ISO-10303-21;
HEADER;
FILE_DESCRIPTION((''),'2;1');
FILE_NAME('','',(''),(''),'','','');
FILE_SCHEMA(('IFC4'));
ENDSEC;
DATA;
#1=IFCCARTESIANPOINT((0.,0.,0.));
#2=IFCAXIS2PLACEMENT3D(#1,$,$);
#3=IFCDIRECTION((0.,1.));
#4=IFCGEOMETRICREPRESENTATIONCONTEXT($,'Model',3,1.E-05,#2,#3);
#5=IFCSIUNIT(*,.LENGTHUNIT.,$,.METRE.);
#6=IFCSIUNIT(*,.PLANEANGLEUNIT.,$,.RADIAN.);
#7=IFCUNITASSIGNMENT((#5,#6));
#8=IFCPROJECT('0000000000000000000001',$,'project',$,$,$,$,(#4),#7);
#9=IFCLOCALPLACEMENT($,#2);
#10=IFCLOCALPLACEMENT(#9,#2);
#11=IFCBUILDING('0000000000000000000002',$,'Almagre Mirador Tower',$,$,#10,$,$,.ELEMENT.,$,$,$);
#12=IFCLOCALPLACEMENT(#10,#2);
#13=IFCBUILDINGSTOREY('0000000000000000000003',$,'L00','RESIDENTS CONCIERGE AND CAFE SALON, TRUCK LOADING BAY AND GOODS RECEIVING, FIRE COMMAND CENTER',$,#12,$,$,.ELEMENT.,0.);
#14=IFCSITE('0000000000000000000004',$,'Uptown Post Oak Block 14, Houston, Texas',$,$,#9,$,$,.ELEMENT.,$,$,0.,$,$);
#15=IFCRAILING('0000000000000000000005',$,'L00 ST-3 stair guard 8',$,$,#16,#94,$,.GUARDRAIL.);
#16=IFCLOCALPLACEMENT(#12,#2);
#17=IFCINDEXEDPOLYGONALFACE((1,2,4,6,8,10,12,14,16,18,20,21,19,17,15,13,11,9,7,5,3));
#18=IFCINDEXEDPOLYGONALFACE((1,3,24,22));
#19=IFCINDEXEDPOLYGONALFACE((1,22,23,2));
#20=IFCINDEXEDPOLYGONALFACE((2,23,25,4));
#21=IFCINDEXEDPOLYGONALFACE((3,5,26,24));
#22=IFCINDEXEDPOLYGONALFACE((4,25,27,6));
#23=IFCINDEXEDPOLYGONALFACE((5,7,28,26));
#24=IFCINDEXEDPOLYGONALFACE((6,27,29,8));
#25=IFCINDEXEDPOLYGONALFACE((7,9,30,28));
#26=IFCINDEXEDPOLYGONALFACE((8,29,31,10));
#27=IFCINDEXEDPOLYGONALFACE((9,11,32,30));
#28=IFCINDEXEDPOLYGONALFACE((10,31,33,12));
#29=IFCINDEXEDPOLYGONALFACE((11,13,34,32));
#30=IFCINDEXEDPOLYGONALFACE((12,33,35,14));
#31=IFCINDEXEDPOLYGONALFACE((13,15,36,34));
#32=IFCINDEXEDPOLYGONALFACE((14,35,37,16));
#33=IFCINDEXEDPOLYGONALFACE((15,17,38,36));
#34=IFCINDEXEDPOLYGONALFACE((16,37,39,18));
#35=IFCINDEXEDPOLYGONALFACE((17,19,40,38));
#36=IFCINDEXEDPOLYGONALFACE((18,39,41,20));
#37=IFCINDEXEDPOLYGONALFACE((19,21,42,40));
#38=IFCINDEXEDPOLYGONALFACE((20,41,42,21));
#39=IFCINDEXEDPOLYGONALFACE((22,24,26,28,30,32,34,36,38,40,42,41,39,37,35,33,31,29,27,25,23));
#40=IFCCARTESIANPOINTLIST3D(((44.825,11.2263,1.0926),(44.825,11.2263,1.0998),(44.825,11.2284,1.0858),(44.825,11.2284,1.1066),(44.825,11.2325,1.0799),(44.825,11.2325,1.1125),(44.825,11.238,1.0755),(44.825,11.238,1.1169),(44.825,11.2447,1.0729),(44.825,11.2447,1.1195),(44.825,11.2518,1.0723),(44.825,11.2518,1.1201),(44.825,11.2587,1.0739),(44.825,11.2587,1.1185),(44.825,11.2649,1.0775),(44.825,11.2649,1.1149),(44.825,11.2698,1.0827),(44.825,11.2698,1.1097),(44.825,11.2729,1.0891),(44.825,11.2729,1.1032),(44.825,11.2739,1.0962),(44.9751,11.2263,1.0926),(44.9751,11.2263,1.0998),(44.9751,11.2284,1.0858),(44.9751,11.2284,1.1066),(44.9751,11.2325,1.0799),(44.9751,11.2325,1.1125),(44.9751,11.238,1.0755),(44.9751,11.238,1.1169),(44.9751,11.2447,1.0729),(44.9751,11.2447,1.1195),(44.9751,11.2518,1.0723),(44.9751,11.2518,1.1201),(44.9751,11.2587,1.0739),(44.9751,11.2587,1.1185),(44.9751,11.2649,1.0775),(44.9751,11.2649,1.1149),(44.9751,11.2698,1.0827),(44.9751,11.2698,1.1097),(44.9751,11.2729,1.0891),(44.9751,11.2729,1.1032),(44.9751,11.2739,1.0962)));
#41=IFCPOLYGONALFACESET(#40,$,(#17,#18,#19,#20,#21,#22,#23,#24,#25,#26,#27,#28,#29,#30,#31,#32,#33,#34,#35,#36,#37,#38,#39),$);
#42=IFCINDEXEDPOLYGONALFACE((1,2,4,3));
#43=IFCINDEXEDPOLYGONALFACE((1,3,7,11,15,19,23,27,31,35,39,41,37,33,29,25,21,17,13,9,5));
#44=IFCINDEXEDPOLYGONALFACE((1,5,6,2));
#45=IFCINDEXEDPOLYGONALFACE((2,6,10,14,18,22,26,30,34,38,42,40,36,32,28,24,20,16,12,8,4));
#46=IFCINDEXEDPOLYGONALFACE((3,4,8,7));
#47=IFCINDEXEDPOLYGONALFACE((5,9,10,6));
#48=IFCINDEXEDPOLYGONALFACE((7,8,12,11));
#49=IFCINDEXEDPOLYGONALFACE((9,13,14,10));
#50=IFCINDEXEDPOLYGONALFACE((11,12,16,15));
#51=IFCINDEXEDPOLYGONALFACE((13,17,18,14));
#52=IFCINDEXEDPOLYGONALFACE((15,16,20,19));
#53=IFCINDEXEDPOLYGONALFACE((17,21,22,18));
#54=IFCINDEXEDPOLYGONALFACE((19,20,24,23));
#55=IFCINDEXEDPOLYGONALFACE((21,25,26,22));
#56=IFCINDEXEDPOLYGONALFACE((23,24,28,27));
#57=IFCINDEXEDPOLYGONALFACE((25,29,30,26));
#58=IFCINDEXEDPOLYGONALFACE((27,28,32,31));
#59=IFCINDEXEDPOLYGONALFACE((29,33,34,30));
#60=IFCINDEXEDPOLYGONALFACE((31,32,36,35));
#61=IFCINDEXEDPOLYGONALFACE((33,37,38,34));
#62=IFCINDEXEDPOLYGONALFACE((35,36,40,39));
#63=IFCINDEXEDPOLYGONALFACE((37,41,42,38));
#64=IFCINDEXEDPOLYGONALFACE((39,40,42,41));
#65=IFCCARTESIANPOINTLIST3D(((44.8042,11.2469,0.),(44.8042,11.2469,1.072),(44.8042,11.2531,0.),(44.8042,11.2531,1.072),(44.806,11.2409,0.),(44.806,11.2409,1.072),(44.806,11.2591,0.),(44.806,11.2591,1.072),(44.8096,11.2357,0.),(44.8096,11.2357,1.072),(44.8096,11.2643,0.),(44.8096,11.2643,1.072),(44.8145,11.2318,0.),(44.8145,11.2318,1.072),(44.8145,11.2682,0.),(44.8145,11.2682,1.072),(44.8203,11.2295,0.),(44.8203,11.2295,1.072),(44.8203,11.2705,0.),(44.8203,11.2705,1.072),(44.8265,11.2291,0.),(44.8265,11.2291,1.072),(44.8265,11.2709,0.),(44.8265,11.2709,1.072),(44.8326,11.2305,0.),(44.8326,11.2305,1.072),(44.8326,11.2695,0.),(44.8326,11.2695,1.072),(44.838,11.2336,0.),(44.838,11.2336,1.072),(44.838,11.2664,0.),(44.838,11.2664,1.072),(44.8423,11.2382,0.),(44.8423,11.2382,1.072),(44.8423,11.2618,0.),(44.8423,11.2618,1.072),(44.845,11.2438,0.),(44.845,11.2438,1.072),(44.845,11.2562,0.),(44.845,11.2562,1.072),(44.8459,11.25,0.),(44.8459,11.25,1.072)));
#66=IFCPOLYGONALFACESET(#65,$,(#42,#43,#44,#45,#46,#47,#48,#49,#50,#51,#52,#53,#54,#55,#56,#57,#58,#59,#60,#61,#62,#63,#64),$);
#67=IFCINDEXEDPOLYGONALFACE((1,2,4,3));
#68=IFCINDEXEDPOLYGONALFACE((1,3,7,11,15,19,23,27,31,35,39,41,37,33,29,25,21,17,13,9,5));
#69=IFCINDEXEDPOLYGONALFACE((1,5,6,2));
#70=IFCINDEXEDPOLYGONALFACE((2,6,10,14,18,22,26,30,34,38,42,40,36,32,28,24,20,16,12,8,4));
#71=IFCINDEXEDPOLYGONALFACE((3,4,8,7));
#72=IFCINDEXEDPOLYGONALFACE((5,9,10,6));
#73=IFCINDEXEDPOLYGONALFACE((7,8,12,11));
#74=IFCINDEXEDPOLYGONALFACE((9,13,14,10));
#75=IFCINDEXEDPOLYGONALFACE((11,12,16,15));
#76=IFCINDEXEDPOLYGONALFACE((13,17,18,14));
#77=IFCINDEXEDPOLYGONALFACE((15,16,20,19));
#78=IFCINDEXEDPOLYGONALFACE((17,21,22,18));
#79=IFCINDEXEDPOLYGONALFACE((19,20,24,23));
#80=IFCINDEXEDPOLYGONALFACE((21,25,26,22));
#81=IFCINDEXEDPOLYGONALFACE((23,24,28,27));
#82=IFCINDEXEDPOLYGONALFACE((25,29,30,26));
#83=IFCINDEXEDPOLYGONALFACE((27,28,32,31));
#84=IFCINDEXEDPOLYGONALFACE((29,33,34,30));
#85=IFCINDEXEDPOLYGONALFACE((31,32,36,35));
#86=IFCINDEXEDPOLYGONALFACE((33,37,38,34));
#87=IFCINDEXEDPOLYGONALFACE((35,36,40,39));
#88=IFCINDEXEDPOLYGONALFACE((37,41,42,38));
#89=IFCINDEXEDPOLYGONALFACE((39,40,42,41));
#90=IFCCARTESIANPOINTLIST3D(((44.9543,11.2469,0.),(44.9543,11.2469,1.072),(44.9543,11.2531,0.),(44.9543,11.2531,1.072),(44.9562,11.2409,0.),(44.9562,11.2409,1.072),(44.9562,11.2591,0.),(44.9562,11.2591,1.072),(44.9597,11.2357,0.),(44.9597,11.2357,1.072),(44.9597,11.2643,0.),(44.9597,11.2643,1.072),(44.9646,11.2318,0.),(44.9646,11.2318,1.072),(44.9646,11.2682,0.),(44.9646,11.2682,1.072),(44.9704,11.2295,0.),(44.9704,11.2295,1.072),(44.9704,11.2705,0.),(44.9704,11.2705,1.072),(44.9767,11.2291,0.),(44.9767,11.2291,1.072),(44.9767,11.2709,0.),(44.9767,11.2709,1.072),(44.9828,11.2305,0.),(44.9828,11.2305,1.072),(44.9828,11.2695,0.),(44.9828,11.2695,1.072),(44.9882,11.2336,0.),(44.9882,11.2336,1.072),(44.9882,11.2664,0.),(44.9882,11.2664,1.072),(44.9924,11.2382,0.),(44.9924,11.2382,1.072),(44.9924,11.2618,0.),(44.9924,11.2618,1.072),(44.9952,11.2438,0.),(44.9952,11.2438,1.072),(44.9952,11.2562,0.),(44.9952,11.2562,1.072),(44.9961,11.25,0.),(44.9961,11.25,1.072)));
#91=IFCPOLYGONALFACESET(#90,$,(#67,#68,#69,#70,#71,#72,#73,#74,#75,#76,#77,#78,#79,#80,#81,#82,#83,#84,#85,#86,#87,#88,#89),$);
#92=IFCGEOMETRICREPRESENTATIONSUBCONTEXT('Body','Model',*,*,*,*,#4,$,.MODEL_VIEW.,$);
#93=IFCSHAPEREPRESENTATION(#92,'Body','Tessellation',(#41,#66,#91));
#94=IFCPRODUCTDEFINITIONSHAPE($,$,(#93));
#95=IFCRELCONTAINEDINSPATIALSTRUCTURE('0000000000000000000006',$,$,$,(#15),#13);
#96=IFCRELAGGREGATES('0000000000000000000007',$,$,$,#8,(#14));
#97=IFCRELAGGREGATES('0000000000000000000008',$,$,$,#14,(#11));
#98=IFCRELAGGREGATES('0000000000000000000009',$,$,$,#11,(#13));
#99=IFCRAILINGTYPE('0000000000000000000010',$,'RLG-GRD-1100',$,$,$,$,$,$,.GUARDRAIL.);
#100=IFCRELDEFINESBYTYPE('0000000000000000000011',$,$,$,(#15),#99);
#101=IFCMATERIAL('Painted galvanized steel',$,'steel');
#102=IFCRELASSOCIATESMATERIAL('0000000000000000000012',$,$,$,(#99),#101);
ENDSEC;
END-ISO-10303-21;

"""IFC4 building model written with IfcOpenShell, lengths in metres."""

from ifc_helpers import new_model, si_unit, direction, frame, origin, origin_2d, place, context, subcontext, project, spatial, circle, extrude, material, type_object, element, save


model = new_model("IFC4")

# Units and contexts
model_context = context("Model", 3, precision=1e-05, world=origin(), true_north=direction((0.0, 1.0)))
body_context = subcontext(model_context, "Body", "Model", "MODEL_VIEW")
ifc_project = project(units=[si_unit("LENGTHUNIT", "METRE"), si_unit("PLANEANGLEUNIT", "RADIAN")], contexts=[model_context])

# Site, building, storey
site_placement = place(None, origin())
site = spatial("IfcSite", under=ifc_project, at=site_placement, Name="Uptown Post Oak Block 14, Houston, Texas", CompositionType="ELEMENT", RefElevation=0.0)
building_placement = place(site_placement, origin())
building = spatial("IfcBuilding", under=site, at=building_placement, Name="Almagre Mirador Tower", CompositionType="ELEMENT")
storey_placement = place(building_placement, origin())
storey = spatial("IfcBuildingStorey", under=building, at=storey_placement, Name="L00", Description="RESIDENTS CONCIERGE AND CAFE SALON, TRUCK LOADING BAY AND GOODS RECEIVING, FIRE COMMAND CENTER", CompositionType="ELEMENT", Elevation=0.0)

# Railing
ifc_material_1 = material(Name="Painted galvanized steel", Category="steel")
railing_type = type_object("IfcRailingType", Name="RLG-GRD-1100", PredefinedType="GUARDRAIL", material=ifc_material_1)
for number, where, name in (
    (1, (44.825, 11.25, 0.0), "L00 ST-3 stair guard 8"),
):
    element("IfcRailing", number, at=place(storey_placement, frame(where)), inside=storey, type_object=railing_type, Name=name, PredefinedType="GUARDRAIL", context=body_context, shape_type="SweptSolid", body=[
        extrude(circle(Radius=0.0239, at=origin_2d()), frame((0.0, 0.0, 1.0962), z_axis=(1.0, 0.0, 0.0), x_axis=(0.0, 1.0, 0.0)), (0.0, 0.0, 1.0), 0.1501),
        extrude(circle(Radius=0.021, at=origin_2d()), origin(), (0.0, 0.0, 1.0), 1.072),
        extrude(circle(Radius=0.021, at=origin_2d()), frame((0.1501, 0.0, 0.0)), (0.0, 0.0, 1.0), 1.072),
    ])

save(model, "model.ifc")
